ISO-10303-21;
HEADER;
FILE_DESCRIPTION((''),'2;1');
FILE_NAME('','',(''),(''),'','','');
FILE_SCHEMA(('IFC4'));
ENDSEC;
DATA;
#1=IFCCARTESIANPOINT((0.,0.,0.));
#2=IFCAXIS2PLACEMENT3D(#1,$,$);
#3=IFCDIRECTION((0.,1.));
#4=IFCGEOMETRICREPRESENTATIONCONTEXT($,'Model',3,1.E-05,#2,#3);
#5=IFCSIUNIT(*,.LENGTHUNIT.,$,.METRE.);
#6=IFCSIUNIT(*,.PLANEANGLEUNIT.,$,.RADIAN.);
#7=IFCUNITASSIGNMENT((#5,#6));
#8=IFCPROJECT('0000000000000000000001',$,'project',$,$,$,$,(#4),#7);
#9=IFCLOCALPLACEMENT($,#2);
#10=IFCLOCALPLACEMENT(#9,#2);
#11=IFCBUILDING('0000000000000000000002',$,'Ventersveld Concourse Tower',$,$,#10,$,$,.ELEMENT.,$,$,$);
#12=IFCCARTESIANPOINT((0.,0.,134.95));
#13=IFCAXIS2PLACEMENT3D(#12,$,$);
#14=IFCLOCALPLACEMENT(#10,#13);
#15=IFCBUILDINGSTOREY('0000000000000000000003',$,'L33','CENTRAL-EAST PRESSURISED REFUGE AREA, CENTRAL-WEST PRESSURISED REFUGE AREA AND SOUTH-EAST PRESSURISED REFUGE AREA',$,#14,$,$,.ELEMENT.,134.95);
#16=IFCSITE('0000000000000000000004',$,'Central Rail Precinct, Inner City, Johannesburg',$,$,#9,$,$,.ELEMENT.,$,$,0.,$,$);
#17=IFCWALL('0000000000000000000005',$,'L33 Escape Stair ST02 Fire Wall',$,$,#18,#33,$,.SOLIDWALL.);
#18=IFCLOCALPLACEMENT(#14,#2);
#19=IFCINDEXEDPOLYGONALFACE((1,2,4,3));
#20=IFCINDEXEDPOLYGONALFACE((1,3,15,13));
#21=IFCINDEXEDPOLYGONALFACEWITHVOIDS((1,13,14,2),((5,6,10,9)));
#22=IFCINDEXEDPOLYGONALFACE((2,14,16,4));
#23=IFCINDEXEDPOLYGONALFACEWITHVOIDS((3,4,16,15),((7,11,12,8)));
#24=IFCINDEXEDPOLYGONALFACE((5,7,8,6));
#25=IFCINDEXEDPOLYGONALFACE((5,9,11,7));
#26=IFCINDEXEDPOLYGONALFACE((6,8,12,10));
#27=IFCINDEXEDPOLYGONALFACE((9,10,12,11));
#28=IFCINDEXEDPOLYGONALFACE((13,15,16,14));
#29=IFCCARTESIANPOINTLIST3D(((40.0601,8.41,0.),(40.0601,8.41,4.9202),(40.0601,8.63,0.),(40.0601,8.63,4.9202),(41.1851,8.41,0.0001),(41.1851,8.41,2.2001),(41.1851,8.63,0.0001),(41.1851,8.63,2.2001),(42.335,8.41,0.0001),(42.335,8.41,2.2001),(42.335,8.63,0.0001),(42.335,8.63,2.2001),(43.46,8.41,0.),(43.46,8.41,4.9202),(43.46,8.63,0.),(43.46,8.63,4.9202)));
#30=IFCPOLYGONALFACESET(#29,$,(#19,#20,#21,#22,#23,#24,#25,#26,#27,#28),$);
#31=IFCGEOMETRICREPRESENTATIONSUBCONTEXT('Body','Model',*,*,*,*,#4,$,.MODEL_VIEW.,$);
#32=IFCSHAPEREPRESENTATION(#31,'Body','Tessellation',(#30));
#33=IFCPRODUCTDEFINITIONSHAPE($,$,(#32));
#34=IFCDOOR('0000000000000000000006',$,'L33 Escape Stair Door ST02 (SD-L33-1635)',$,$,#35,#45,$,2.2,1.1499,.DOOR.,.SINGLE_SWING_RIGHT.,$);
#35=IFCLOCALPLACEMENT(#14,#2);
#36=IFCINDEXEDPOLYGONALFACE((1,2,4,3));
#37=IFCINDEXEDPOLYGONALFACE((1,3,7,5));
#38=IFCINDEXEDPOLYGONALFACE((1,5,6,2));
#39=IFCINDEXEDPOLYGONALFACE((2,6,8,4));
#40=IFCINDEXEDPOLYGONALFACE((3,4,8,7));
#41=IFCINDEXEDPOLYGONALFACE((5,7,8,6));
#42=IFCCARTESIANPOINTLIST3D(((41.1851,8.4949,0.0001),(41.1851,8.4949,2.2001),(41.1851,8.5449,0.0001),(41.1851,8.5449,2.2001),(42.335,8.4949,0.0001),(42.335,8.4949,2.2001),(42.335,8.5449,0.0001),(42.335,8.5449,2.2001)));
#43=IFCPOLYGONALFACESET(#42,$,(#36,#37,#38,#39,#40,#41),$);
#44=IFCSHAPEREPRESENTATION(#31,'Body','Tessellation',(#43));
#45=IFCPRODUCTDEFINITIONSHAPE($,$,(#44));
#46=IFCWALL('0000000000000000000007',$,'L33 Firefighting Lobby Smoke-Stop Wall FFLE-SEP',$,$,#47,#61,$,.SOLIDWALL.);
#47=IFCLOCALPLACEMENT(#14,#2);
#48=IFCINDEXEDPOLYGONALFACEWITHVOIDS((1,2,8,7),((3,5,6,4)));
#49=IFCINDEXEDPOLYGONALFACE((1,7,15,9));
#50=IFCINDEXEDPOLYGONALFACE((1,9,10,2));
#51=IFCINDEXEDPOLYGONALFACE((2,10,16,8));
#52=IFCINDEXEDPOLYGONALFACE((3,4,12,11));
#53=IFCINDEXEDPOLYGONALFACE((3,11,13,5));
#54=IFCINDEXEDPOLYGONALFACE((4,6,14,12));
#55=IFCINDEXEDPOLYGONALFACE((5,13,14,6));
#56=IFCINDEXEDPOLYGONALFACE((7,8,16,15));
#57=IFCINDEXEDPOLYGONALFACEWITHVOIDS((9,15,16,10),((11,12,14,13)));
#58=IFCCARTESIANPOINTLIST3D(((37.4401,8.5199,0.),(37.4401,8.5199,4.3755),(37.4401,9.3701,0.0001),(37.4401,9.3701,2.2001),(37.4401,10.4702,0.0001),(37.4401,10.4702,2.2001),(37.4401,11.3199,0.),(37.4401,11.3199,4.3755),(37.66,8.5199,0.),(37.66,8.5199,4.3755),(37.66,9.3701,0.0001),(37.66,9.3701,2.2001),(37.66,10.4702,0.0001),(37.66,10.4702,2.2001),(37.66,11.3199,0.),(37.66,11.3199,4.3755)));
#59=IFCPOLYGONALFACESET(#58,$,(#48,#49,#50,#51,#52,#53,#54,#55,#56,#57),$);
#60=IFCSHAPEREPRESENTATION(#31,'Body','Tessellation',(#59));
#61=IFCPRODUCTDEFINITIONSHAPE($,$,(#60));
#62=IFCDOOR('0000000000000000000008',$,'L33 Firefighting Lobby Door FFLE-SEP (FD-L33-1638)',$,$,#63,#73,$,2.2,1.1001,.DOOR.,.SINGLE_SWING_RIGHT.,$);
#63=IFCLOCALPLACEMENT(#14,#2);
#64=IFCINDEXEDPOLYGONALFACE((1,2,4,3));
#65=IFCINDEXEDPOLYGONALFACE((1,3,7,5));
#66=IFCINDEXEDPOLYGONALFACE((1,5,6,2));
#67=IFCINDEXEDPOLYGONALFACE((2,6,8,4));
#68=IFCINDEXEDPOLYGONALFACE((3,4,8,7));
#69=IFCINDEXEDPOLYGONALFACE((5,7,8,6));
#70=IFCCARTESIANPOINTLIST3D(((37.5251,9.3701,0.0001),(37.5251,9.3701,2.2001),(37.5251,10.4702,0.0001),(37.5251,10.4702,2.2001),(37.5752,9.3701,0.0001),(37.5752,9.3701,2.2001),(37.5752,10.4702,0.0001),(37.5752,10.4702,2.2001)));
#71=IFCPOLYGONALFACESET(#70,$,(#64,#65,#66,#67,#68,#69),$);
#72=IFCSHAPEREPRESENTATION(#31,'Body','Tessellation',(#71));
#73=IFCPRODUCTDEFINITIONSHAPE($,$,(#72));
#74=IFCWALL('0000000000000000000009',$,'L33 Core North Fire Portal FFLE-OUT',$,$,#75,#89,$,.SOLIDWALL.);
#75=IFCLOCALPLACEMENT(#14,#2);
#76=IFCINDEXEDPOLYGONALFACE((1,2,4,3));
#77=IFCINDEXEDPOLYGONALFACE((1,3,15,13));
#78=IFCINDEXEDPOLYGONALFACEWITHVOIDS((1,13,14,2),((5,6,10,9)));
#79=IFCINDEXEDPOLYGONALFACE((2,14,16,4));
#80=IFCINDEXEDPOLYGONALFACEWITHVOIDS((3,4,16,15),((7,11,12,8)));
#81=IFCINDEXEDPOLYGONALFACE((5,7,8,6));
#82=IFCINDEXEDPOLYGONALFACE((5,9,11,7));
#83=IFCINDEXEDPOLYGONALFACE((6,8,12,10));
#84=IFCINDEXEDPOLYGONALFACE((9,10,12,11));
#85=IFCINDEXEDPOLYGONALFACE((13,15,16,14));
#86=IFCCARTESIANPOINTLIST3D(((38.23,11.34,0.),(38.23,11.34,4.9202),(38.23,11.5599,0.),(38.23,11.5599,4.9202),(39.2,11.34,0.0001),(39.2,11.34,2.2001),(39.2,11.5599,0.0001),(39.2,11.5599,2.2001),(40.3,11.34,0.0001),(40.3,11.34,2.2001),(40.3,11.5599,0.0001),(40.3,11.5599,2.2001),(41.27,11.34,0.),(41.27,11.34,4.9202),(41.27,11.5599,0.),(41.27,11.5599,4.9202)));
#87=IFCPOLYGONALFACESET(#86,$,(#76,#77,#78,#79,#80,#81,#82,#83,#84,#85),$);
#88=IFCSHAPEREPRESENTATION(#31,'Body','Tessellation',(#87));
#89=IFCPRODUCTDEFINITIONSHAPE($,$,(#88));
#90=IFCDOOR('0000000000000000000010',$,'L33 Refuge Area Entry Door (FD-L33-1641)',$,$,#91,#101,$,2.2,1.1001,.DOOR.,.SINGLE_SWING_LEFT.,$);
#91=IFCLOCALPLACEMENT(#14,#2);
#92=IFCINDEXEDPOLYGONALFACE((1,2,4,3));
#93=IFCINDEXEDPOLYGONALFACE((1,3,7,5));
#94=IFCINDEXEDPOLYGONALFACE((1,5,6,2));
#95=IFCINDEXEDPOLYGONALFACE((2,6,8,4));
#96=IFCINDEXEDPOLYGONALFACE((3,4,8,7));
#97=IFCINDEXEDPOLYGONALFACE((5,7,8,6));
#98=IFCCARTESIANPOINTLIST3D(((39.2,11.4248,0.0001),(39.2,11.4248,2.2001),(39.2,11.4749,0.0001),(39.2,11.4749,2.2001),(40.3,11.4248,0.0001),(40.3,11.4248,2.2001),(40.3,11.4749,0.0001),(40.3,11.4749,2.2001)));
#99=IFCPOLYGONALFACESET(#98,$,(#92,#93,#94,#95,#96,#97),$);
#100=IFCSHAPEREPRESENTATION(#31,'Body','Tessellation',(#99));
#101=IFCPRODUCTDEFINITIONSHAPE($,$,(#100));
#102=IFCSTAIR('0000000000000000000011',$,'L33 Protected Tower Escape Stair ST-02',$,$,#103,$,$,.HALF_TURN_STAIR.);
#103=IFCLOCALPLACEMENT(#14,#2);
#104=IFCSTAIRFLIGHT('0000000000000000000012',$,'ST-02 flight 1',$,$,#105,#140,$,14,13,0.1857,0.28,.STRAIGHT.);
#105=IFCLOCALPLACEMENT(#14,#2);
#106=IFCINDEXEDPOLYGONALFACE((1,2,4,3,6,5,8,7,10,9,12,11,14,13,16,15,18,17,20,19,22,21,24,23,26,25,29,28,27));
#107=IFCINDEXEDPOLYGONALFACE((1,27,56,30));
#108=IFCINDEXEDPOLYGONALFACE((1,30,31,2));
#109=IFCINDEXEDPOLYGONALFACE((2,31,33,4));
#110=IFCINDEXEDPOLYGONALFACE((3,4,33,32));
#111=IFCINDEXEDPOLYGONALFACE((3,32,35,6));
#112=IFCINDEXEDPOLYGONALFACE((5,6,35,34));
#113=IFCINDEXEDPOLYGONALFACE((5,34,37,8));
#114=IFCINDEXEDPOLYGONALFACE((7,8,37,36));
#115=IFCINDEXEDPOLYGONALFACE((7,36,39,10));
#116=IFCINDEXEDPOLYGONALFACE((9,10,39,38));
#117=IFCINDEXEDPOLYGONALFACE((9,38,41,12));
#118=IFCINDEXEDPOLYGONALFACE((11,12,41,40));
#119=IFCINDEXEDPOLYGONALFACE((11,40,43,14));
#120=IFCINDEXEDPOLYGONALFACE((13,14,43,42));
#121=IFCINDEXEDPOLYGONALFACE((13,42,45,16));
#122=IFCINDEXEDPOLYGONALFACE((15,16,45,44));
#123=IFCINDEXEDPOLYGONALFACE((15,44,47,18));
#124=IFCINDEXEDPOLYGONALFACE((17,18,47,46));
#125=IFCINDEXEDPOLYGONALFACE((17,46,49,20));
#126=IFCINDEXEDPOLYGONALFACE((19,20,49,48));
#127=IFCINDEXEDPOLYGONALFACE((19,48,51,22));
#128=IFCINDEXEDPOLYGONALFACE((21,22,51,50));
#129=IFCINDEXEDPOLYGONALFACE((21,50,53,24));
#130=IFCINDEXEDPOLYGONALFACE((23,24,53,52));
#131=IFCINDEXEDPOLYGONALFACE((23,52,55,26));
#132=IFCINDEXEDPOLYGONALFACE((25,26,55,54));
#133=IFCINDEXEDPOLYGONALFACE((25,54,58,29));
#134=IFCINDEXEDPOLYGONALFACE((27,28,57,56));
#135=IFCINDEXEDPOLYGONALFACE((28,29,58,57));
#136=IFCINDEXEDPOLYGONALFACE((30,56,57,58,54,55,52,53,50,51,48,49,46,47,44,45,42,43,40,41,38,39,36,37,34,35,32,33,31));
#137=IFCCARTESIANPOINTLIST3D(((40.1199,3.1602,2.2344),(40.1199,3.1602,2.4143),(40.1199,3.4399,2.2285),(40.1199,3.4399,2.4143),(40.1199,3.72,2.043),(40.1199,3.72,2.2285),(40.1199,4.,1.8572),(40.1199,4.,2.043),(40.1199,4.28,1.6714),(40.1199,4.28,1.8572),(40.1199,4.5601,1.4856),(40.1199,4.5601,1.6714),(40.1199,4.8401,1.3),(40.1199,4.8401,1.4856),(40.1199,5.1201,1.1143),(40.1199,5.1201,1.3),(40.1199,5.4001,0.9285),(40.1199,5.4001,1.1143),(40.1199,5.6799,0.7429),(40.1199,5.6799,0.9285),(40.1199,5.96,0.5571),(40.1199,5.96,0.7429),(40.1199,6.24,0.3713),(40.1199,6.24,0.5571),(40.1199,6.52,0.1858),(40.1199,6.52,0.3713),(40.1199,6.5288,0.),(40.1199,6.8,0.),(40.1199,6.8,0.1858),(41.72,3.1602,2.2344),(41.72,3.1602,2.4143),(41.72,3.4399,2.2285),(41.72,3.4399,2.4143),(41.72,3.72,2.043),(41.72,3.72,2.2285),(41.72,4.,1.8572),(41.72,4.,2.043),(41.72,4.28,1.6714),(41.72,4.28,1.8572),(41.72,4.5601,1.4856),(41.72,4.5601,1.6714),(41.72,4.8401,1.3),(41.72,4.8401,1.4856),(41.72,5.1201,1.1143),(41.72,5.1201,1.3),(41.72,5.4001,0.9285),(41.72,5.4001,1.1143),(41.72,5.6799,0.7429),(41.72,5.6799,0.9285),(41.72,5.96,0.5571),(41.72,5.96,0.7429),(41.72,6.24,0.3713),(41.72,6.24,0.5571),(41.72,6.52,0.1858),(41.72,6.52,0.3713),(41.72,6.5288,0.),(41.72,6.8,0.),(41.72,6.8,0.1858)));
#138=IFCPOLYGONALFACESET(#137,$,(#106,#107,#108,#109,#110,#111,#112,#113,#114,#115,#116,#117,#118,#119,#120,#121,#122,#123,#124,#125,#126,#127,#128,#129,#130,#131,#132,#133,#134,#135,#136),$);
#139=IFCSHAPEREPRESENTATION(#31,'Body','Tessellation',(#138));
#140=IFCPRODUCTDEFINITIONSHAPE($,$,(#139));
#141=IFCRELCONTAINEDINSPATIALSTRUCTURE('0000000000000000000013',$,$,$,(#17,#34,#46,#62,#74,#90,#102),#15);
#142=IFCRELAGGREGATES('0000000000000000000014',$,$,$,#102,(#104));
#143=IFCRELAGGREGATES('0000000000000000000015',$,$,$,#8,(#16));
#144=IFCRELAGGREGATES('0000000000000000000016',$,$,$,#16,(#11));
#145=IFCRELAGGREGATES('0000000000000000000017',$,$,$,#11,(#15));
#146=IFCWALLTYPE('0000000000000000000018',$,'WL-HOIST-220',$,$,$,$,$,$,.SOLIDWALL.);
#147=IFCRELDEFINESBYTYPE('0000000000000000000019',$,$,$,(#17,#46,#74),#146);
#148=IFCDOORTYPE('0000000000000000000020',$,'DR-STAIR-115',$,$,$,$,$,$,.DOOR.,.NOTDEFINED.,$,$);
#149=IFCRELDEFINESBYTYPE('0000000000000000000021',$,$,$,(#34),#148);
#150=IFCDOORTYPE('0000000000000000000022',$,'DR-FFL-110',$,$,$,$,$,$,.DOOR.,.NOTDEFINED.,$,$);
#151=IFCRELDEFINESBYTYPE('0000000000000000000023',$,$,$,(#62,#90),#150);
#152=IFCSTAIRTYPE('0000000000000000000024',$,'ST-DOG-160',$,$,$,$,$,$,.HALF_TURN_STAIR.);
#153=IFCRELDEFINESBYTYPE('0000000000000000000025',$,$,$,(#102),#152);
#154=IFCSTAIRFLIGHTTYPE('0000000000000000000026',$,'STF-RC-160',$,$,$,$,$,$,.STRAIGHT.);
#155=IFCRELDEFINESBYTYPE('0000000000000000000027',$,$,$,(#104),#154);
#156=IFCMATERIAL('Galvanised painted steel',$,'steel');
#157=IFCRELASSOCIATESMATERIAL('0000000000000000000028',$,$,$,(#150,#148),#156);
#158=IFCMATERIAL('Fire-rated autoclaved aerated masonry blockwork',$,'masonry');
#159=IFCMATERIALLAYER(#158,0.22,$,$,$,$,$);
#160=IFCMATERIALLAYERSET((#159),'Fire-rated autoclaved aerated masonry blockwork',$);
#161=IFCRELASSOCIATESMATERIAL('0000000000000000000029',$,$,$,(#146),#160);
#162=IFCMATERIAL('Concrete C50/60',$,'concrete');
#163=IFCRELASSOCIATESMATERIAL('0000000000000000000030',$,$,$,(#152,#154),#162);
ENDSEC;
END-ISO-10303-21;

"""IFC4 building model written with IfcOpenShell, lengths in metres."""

from ifc_helpers import new_model, si_unit, direction, frame, frame_2d, origin, place, context, subcontext, project, spatial, polyline, rectangle, outline, extrude, material, layer, layer_set, type_object, element, fill, aggregate, save


model = new_model("IFC4")

# Units and contexts
model_context = context("Model", 3, precision=1e-05, world=origin(), true_north=direction((0.0, 1.0)))
body_context = subcontext(model_context, "Body", "Model", "MODEL_VIEW")
ifc_project = project(units=[si_unit("LENGTHUNIT", "METRE"), si_unit("PLANEANGLEUNIT", "RADIAN")], contexts=[model_context])

# Site, building, storey
site_placement = place(None, origin())
site = spatial("IfcSite", under=ifc_project, at=site_placement, Name="Central Rail Precinct, Inner City, Johannesburg", CompositionType="ELEMENT", RefElevation=0.0)
building_placement = place(site_placement, origin())
building = spatial("IfcBuilding", under=site, at=building_placement, Name="Ventersveld Concourse Tower", CompositionType="ELEMENT")
storey_placement = place(building_placement, frame((0.0, 0.0, 134.95)))
storey = spatial("IfcBuildingStorey", under=building, at=storey_placement, Name="L33", Description="CENTRAL-EAST PRESSURISED REFUGE AREA, CENTRAL-WEST PRESSURISED REFUGE AREA AND SOUTH-EAST PRESSURISED REFUGE AREA", CompositionType="ELEMENT", Elevation=134.95)

# Shared definitions
ifc_material_1 = material(Name="Concrete C50/60", Category="concrete")

# Shared definitions
ifc_material_2 = material(Name="Fire-rated autoclaved aerated masonry blockwork", Category="masonry")
ifc_material_3 = material(Name="Galvanised painted steel", Category="steel")
door_type_1 = type_object("IfcDoorType", Name="DR-FFL-110", OperationType="NOTDEFINED", PredefinedType="DOOR", material=ifc_material_3)

# Shared definitions
ifc_layer_1 = layer(ifc_material_2, 0.22)
ifc_layer_set_1 = layer_set([ifc_layer_1], Name="Fire-rated autoclaved aerated masonry blockwork")
wall_type_1 = type_object("IfcWallType", Name="WL-HOIST-220", PredefinedType="SOLIDWALL", material=ifc_layer_set_1)

# Walls, openings, doors
wall_1_placement = place(storey_placement, frame((40.0601, 8.52, 0.0), z_axis=(0.0, 0.0, 1.0), x_axis=(1.0, 0.0, 0.0)))
wall_1 = element("IfcWall", 1, at=wall_1_placement, inside=storey, type_object=wall_type_1, Name="L33 Escape Stair ST02 Fire Wall", PredefinedType="SOLIDWALL", context=body_context, shape_type="SweptSolid", body=[
    extrude(rectangle(XDim=3.3999, YDim=0.22, at=frame_2d((1.7, 0.0))), origin(), (0.0, 0.0, 1.0), 4.9202),
])
opening_1_placement = place(wall_1_placement, frame((1.125, 0.0, 0.0)))
opening_1 = element("IfcOpeningElement", 2, at=opening_1_placement, cuts=wall_1, PredefinedType="OPENING", context=body_context, shape_type="SweptSolid", body=[
    extrude(rectangle(XDim=1.1499, YDim=2.2, at=frame_2d((0.575, 1.1001))), frame((0.0, 0.1201, 0.0), z_axis=(0.0, -1.0, 0.0), x_axis=(1.0, 0.0, 0.0)), (0.0, 0.0, 1.0), 0.24),
])
door_type_2 = type_object("IfcDoorType", Name="DR-STAIR-115", OperationType="NOTDEFINED", PredefinedType="DOOR", material=ifc_material_3)
door_1_placement = place(opening_1_placement, origin())
door_1 = element("IfcDoor", 3, at=door_1_placement, inside=storey, type_object=door_type_2, Name="L33 Escape Stair Door ST02 (SD-L33-1635)", OperationType="SINGLE_SWING_RIGHT", OverallHeight=2.2, OverallWidth=1.1499, PredefinedType="DOOR", context=body_context, shape_type="SweptSolid", body=[
    extrude(rectangle(XDim=1.1499, YDim=2.2, at=frame_2d((0.575, 1.1001))), frame((0.0, 0.0249, 0.0), z_axis=(0.0, -1.0, 0.0), x_axis=(1.0, 0.0, 0.0)), (0.0, 0.0, 1.0), 0.05),
])
fill(opening_1, door_1)
wall_2_placement = place(storey_placement, frame((37.55, 8.52, 0.0), z_axis=(0.0, 0.0, 1.0), x_axis=(0.0, 1.0, 0.0)))
wall_2 = element("IfcWall", 4, at=wall_2_placement, inside=storey, type_object=wall_type_1, Name="L33 Firefighting Lobby Smoke-Stop Wall FFLE-SEP", PredefinedType="SOLIDWALL", context=body_context, shape_type="SweptSolid", body=[
    extrude(rectangle(XDim=2.8, YDim=0.22, at=frame_2d((1.3999, 0.0))), origin(), (0.0, 0.0, 1.0), 4.3755),
])
opening_2_placement = place(wall_2_placement, frame((0.8501, 0.0, 0.0)))
opening_2 = element("IfcOpeningElement", 5, at=opening_2_placement, cuts=wall_2, PredefinedType="OPENING", context=body_context, shape_type="SweptSolid", body=[
    extrude(rectangle(XDim=1.1001, YDim=2.2, at=frame_2d((0.55, 1.1001))), frame((0.0, 0.1201, 0.0), z_axis=(0.0, -1.0, 0.0), x_axis=(1.0, 0.0, 0.0)), (0.0, 0.0, 1.0), 0.24),
])
door_2_placement = place(opening_2_placement, origin())
door_2 = element("IfcDoor", 6, at=door_2_placement, inside=storey, type_object=door_type_1, Name="L33 Firefighting Lobby Door FFLE-SEP (FD-L33-1638)", OperationType="SINGLE_SWING_RIGHT", OverallHeight=2.2, OverallWidth=1.1001, PredefinedType="DOOR", context=body_context, shape_type="SweptSolid", body=[
    extrude(rectangle(XDim=1.1001, YDim=2.2, at=frame_2d((0.55, 1.1001))), frame((0.0, 0.0249, 0.0), z_axis=(0.0, -1.0, 0.0), x_axis=(1.0, 0.0, 0.0)), (0.0, 0.0, 1.0), 0.05),
])
fill(opening_2, door_2)
wall_3_placement = place(storey_placement, frame((38.23, 11.45, 0.0), z_axis=(0.0, 0.0, 1.0), x_axis=(1.0, 0.0, 0.0)))
wall_3 = element("IfcWall", 7, at=wall_3_placement, inside=storey, type_object=wall_type_1, Name="L33 Core North Fire Portal FFLE-OUT", PredefinedType="SOLIDWALL", context=body_context, shape_type="SweptSolid", body=[
    extrude(rectangle(XDim=3.04, YDim=0.22, at=frame_2d((1.52, 0.0))), origin(), (0.0, 0.0, 1.0), 4.9202),
])
opening_3_placement = place(wall_3_placement, frame((0.97, 0.0, 0.0)))
opening_3 = element("IfcOpeningElement", 8, at=opening_3_placement, cuts=wall_3, PredefinedType="OPENING", context=body_context, shape_type="SweptSolid", body=[
    extrude(rectangle(XDim=1.1001, YDim=2.2, at=frame_2d((0.55, 1.1001))), frame((0.0, 0.1201, 0.0), z_axis=(0.0, -1.0, 0.0), x_axis=(1.0, 0.0, 0.0)), (0.0, 0.0, 1.0), 0.24),
])
door_3_placement = place(opening_3_placement, origin())
door_3 = element("IfcDoor", 9, at=door_3_placement, inside=storey, type_object=door_type_1, Name="L33 Refuge Area Entry Door (FD-L33-1641)", OperationType="SINGLE_SWING_LEFT", OverallHeight=2.2, OverallWidth=1.1001, PredefinedType="DOOR", context=body_context, shape_type="SweptSolid", body=[
    extrude(rectangle(XDim=1.1001, YDim=2.2, at=frame_2d((0.55, 1.1001))), frame((0.0, 0.0249, 0.0), z_axis=(0.0, -1.0, 0.0), x_axis=(1.0, 0.0, 0.0)), (0.0, 0.0, 1.0), 0.05),
])
fill(opening_3, door_3)

# Stair, stair flight
stair_type = type_object("IfcStairType", Name="ST-DOG-160", PredefinedType="HALF_TURN_STAIR", material=ifc_material_1)
stair_placement = place(storey_placement, origin())
stair = element("IfcStair", 10, at=stair_placement, inside=storey, type_object=stair_type, Name="L33 Protected Tower Escape Stair ST-02", PredefinedType="HALF_TURN_STAIR")
stair_flight_type = type_object("IfcStairFlightType", Name="STF-RC-160", PredefinedType="STRAIGHT", material=ifc_material_1)
stair_flight_placement = place(storey_placement, frame((40.9199, 6.8, 0.0), z_axis=(0.0, 0.0, 1.0), x_axis=(0.0, -1.0, 0.0)))
stair_flight = element("IfcStairFlight", 11, at=stair_flight_placement, type_object=stair_flight_type, Name="ST-02 flight 1", NumberOfRisers=14, NumberOfTreads=13, PredefinedType="STRAIGHT", RiserHeight=0.1857, TreadLength=0.28, context=body_context, shape_type="SweptSolid", body=[
    extrude(outline(polyline([(0.0, 0.0), (0.0, 0.1858), (0.28, 0.1858), (0.28, 0.3713), (0.5601, 0.3713), (0.5601, 0.5571), (0.8401, 0.5571), (0.8401, 0.7429), (1.1201, 0.7429), (1.1201, 0.9285), (1.3999, 0.9285), (1.3999, 1.1143), (1.6799, 1.1143), (1.6799, 1.3), (1.96, 1.3), (1.96, 1.4856), (2.24, 1.4856), (2.24, 1.6714), (2.52, 1.6714), (2.52, 1.8572), (2.8, 1.8572), (2.8, 2.043), (3.0801, 2.043), (3.0801, 2.2285), (3.3601, 2.2285), (3.3601, 2.4143), (3.6399, 2.4143), (3.6399, 2.6001), (3.6399, 2.2344), (0.2712, 0.0), (0.0, 0.0)])), frame((0.0, 0.8, 0.0), z_axis=(0.0, -1.0, 0.0), x_axis=(1.0, 0.0, 0.0)), (0.0, 0.0, 1.0), 1.6001),
])
aggregate(stair, [stair_flight])

save(model, "model.ifc")
